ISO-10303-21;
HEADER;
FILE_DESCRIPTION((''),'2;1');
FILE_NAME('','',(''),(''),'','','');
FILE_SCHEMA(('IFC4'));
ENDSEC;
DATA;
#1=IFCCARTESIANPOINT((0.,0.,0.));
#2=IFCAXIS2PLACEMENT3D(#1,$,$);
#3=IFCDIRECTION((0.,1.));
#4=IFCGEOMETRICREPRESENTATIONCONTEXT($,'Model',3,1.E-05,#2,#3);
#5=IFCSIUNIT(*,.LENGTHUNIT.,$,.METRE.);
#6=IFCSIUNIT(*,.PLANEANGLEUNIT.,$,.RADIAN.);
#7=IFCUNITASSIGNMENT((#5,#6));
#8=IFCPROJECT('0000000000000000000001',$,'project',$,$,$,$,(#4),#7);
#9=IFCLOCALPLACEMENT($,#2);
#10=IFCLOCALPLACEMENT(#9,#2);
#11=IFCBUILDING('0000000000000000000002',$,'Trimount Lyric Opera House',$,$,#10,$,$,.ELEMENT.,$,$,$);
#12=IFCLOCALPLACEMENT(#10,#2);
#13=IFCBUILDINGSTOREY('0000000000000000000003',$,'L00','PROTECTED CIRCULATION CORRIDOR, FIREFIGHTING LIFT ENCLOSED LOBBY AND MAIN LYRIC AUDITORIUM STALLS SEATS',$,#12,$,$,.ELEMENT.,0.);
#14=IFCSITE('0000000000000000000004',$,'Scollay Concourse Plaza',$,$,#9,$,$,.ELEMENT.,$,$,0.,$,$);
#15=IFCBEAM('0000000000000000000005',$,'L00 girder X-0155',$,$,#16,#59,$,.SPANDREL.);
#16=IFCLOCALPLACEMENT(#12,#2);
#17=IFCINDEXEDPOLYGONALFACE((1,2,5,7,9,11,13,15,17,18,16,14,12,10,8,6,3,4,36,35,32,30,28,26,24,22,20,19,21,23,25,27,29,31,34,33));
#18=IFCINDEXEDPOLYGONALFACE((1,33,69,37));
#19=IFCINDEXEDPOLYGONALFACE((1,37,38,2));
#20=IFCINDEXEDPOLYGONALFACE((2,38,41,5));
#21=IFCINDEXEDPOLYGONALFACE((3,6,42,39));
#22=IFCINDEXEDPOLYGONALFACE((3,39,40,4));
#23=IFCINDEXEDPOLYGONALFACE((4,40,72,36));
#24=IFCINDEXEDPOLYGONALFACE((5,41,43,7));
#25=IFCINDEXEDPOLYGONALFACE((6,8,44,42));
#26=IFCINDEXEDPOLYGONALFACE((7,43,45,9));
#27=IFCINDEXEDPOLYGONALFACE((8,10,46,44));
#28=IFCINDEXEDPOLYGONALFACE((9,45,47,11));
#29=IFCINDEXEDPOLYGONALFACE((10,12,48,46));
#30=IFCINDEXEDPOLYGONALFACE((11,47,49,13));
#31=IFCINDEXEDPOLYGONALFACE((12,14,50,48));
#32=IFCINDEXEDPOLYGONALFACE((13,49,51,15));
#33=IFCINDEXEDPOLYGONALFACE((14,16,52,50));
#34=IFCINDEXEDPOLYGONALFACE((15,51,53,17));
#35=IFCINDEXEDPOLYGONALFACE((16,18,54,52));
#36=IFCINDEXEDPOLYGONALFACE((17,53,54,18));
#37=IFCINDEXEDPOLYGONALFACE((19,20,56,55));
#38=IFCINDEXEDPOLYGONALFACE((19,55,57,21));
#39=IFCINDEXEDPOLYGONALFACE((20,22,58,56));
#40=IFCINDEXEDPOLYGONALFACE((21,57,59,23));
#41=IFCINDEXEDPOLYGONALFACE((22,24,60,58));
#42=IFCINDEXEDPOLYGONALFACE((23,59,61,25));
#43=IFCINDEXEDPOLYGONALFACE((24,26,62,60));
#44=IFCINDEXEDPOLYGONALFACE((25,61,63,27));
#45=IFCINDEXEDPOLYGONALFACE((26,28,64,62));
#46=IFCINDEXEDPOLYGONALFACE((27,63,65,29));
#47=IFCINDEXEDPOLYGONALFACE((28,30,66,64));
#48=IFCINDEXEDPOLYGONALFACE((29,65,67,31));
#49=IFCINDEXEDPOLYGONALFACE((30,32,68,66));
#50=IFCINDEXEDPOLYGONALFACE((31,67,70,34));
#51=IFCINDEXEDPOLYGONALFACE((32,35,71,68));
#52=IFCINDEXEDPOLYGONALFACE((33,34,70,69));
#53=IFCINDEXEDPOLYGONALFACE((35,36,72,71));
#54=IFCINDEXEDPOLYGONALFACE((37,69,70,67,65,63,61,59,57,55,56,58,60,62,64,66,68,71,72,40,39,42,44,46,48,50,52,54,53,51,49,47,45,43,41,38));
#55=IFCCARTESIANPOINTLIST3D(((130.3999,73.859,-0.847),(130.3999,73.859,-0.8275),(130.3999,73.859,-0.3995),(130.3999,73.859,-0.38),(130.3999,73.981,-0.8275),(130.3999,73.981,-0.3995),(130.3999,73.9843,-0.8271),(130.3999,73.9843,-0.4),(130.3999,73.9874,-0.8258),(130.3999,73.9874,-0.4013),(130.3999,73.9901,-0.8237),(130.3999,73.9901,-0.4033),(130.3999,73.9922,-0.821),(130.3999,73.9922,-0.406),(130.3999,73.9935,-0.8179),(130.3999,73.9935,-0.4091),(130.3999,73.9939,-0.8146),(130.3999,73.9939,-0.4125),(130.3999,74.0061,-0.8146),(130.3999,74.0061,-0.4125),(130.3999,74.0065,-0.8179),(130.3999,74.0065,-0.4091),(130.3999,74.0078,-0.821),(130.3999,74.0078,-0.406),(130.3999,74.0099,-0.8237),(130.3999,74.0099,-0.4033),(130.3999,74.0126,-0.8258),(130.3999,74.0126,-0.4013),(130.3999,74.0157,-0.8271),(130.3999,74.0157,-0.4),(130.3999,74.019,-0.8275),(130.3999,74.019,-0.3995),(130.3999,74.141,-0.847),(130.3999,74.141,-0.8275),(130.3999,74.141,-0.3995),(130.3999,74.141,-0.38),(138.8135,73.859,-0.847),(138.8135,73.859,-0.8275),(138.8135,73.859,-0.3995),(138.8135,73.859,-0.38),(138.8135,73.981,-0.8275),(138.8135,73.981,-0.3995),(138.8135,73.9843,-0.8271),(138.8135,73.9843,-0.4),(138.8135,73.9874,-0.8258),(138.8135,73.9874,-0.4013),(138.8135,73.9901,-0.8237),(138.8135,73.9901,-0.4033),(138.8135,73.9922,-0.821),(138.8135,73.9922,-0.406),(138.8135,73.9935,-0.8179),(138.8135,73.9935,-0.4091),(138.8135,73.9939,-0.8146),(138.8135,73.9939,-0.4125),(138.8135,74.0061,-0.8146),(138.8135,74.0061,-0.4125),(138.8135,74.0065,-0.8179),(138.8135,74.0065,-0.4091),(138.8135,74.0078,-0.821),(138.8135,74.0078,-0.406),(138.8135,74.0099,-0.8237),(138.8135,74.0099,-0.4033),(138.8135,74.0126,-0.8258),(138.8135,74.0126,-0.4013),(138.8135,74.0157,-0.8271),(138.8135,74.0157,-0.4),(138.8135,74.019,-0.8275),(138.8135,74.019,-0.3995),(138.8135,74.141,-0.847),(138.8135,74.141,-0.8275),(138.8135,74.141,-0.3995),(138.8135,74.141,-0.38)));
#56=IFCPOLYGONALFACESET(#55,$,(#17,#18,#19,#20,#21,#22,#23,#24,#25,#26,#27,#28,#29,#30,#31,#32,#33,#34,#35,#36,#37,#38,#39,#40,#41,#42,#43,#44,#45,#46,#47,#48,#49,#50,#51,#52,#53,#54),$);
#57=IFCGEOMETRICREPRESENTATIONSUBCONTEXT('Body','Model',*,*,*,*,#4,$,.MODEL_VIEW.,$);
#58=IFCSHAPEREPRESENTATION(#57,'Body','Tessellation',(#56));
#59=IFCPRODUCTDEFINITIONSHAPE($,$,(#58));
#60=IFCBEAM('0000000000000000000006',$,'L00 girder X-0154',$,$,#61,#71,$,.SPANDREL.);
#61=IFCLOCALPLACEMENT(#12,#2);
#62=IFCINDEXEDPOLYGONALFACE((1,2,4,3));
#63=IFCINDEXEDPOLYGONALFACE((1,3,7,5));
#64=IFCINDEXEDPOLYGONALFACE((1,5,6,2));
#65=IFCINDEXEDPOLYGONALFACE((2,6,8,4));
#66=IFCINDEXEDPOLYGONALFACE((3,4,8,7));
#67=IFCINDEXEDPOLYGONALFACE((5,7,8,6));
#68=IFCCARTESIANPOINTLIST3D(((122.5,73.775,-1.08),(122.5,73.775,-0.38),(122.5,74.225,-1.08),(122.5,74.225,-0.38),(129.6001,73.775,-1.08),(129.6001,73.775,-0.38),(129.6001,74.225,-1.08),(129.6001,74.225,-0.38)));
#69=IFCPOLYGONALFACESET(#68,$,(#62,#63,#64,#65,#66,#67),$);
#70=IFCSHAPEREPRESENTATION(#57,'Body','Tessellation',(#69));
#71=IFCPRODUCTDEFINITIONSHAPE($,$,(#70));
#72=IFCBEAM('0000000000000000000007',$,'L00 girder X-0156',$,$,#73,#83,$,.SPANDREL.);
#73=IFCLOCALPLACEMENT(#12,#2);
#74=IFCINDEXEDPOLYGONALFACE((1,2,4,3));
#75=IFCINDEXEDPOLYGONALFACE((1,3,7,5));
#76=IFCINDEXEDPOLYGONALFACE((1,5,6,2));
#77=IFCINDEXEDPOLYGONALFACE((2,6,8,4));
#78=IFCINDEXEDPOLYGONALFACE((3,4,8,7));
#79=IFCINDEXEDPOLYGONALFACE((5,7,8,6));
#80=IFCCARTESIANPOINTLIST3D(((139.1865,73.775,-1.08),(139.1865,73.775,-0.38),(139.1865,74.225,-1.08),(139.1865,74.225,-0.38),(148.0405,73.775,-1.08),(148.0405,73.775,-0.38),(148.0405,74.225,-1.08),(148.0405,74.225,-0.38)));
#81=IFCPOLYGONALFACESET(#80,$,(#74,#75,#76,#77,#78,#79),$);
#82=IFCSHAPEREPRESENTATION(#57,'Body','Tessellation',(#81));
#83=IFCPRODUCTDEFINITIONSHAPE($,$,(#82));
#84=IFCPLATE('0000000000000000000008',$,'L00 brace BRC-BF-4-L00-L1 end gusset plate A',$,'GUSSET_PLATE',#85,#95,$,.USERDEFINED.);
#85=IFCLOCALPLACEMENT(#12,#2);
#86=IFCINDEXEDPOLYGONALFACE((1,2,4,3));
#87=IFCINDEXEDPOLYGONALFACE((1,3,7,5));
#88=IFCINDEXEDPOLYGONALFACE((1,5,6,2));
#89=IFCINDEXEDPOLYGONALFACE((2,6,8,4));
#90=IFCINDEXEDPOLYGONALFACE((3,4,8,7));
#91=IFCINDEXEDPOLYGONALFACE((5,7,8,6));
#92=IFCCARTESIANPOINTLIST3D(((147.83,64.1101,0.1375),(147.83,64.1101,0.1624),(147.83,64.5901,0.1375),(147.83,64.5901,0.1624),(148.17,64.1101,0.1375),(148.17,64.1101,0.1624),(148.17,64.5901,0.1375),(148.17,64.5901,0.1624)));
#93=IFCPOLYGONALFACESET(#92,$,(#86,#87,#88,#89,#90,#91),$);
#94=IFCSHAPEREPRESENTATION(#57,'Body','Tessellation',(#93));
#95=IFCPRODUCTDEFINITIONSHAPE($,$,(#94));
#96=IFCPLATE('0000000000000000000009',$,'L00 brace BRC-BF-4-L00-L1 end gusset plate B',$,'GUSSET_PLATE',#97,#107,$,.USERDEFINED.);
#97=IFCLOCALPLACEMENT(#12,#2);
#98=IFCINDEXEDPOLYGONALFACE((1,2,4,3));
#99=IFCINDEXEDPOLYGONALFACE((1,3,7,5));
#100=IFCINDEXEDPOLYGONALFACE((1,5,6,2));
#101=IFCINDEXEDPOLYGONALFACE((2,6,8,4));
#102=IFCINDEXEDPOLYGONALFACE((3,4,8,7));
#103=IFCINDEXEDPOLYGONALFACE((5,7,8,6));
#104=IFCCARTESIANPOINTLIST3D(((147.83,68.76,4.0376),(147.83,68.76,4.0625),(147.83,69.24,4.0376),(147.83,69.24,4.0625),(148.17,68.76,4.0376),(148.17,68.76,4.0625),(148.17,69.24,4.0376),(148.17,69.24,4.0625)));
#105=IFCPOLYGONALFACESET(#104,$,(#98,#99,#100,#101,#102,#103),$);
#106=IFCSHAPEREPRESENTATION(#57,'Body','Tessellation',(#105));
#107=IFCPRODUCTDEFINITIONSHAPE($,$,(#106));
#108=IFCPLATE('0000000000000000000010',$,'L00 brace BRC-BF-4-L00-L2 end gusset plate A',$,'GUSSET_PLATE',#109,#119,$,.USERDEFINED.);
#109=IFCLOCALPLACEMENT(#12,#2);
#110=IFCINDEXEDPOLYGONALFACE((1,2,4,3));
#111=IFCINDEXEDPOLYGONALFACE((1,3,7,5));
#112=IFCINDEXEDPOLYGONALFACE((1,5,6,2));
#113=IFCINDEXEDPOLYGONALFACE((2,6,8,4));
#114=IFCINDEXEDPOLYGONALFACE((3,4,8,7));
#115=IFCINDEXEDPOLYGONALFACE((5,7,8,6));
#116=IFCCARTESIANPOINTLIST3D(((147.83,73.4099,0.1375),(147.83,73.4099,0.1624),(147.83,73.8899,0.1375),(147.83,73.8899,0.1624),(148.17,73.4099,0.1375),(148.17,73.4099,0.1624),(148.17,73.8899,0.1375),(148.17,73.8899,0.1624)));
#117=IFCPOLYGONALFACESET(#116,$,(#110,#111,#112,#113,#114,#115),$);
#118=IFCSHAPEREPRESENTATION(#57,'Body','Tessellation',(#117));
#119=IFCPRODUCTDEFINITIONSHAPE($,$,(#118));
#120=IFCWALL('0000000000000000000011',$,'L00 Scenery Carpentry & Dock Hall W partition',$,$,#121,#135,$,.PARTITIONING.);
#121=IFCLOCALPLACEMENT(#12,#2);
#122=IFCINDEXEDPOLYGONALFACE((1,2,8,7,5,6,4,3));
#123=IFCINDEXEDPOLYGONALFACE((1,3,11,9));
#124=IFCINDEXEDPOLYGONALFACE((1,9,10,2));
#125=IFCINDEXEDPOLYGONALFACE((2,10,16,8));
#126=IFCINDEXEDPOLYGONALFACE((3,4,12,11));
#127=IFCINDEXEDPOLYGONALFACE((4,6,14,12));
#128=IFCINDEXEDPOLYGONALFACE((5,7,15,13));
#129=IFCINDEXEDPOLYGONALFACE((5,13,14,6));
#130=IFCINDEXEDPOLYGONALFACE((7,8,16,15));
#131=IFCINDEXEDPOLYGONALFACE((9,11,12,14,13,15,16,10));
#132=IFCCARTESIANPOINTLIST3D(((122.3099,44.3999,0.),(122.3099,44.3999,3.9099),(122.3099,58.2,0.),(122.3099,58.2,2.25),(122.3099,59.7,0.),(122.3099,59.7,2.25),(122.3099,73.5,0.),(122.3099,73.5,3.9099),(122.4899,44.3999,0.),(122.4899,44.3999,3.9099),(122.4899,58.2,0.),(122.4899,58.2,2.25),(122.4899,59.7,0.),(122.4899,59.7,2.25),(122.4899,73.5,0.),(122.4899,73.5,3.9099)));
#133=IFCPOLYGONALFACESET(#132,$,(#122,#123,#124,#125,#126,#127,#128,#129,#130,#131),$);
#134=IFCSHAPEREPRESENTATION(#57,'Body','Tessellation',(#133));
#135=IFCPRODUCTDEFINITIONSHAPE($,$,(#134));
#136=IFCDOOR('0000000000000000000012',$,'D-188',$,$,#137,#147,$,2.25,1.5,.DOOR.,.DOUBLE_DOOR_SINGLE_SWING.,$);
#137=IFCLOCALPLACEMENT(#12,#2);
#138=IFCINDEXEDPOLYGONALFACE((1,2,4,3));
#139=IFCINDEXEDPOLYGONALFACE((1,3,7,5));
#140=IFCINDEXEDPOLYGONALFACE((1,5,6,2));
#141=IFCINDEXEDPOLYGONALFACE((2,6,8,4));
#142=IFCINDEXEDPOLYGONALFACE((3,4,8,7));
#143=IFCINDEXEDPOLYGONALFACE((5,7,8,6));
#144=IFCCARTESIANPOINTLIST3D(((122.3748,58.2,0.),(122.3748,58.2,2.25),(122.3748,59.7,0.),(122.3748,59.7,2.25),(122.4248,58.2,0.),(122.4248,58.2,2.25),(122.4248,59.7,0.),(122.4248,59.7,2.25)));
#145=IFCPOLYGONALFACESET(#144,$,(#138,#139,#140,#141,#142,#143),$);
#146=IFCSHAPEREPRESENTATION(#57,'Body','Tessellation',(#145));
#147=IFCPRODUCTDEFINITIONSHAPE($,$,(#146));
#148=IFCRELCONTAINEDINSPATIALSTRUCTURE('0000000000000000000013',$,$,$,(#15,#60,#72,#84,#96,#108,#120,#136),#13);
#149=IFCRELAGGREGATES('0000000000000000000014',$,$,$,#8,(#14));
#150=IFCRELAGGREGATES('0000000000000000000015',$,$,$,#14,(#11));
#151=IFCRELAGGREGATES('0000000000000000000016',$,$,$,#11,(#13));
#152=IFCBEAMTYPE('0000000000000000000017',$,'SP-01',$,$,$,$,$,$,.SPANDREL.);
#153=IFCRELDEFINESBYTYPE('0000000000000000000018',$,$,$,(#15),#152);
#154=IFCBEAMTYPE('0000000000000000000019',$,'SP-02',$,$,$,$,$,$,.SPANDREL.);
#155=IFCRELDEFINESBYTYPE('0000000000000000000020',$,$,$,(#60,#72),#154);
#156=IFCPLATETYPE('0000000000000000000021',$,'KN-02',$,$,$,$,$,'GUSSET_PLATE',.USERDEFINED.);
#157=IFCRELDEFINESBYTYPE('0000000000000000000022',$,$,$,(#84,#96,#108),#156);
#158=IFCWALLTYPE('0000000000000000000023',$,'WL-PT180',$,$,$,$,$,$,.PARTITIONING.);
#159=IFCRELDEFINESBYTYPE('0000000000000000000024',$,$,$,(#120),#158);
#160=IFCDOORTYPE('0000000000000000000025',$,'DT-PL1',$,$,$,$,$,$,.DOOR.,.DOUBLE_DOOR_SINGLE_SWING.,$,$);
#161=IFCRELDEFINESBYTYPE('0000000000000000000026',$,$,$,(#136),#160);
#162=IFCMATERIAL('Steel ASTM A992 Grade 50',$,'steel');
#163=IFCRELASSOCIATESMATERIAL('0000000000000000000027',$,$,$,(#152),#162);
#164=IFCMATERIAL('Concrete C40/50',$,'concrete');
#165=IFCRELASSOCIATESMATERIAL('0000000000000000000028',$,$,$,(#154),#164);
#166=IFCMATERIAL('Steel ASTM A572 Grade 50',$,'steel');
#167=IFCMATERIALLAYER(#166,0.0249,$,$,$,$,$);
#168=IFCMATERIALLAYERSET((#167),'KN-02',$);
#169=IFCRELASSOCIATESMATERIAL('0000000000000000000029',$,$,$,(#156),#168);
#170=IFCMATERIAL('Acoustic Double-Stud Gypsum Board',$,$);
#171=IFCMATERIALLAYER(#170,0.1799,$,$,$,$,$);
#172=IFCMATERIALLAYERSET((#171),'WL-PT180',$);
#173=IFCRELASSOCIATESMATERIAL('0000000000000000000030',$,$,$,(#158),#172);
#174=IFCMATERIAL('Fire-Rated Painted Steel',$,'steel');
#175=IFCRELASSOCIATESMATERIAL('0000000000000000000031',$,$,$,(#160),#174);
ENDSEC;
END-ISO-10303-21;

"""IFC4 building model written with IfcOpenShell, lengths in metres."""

from ifc_helpers import new_model, si_unit, direction, frame, frame_2d, origin, origin_2d, place, context, subcontext, project, spatial, rectangle, i_section, extrude, material, layer, layer_set, material_profile, profile_set, type_object, element, fill, save


model = new_model("IFC4")

# Units and contexts
model_context = context("Model", 3, precision=1e-05, world=origin(), true_north=direction((0.0, 1.0)))
body_context = subcontext(model_context, "Body", "Model", "MODEL_VIEW")
ifc_project = project(units=[si_unit("LENGTHUNIT", "METRE"), si_unit("PLANEANGLEUNIT", "RADIAN")], contexts=[model_context])

# Site, building, storey
site_placement = place(None, origin())
site = spatial("IfcSite", under=ifc_project, at=site_placement, Name="Scollay Concourse Plaza", CompositionType="ELEMENT", RefElevation=0.0)
building_placement = place(site_placement, origin())
building = spatial("IfcBuilding", under=site, at=building_placement, Name="Trimount Lyric Opera House", CompositionType="ELEMENT")
storey_placement = place(building_placement, origin())
storey = spatial("IfcBuildingStorey", under=building, at=storey_placement, Name="L00", Description="PROTECTED CIRCULATION CORRIDOR, FIREFIGHTING LIFT ENCLOSED LOBBY AND MAIN LYRIC AUDITORIUM STALLS SEATS", CompositionType="ELEMENT", Elevation=0.0)

# Beams
ifc_material_1 = material(Name="Steel ASTM A992 Grade 50", Category="steel")
ifc_material_profile_1 = material_profile(ifc_material_1, i_section(OverallWidth=0.282, OverallDepth=0.467, WebThickness=0.0122, FlangeThickness=0.0195, FilletRadius=0.0129, at=origin_2d()), Name="W18X86")
ifc_profile_set_1 = profile_set([ifc_material_profile_1], Name="Steel ASTM A992 Grade 50")
beam_type_1 = type_object("IfcBeamType", Name="SP-01", PredefinedType="SPANDREL", material=ifc_profile_set_1)
beam_1_placement = place(storey_placement, frame((130.3999, 74.0, -0.6135), z_axis=(1.0, 0.0, 0.0), x_axis=(0.0, 1.0, 0.0)))
element("IfcBeam", 1, at=beam_1_placement, inside=storey, type_object=beam_type_1, Name="L00 girder X-0155", PredefinedType="SPANDREL", context=body_context, shape_type="SweptSolid", body=[
    extrude(i_section(OverallWidth=0.282, OverallDepth=0.467, WebThickness=0.0122, FlangeThickness=0.0195, FilletRadius=0.0129, at=origin_2d()), origin(), (0.0, 0.0, 1.0), 8.4136),
])
ifc_material_2 = material(Name="Concrete C40/50", Category="concrete")
ifc_material_profile_2 = material_profile(ifc_material_2, rectangle(XDim=0.45, YDim=0.7, at=origin_2d()), Name="RC450X700")
ifc_profile_set_2 = profile_set([ifc_material_profile_2], Name="Concrete C40/50")
beam_type_2 = type_object("IfcBeamType", Name="SP-02", PredefinedType="SPANDREL", material=ifc_profile_set_2)
beam_2_placement = place(storey_placement, frame((122.5, 74.0, -0.73), z_axis=(1.0, 0.0, 0.0), x_axis=(0.0, 1.0, 0.0)))
element("IfcBeam", 2, at=beam_2_placement, inside=storey, type_object=beam_type_2, Name="L00 girder X-0154", PredefinedType="SPANDREL", context=body_context, shape_type="SweptSolid", body=[
    extrude(rectangle(XDim=0.45, YDim=0.7, at=origin_2d()), origin(), (0.0, 0.0, 1.0), 7.1001),
])
beam_3_placement = place(storey_placement, frame((139.1865, 74.0, -0.73), z_axis=(1.0, 0.0, 0.0), x_axis=(0.0, 1.0, 0.0)))
element("IfcBeam", 3, at=beam_3_placement, inside=storey, type_object=beam_type_2, Name="L00 girder X-0156", PredefinedType="SPANDREL", context=body_context, shape_type="SweptSolid", body=[
    extrude(rectangle(XDim=0.45, YDim=0.7, at=origin_2d()), origin(), (0.0, 0.0, 1.0), 8.854),
])

# Plates
ifc_material_3 = material(Name="Steel ASTM A572 Grade 50", Category="steel")
ifc_layer_1 = layer(ifc_material_3, 0.0249)
ifc_layer_set_1 = layer_set([ifc_layer_1], Name="KN-02")
plate_type = type_object("IfcPlateType", Name="KN-02", ElementType="GUSSET_PLATE", PredefinedType="USERDEFINED", material=ifc_layer_set_1)
for number, where, z_axis, x_axis, name in (
    (4, (148.0, 64.3501, 0.1375), (0.0, 0.0, 1.0), (0.0, 1.0, 0.0), "L00 brace BRC-BF-4-L00-L1 end gusset plate A"),
    (5, (148.0, 69.0, 4.0376), (0.0, 0.0, 1.0), (0.0, 1.0, 0.0), "L00 brace BRC-BF-4-L00-L1 end gusset plate B"),
    (6, (148.0, 73.6499, 0.1375), (0.0, 0.0, 1.0), (0.0, -1.0, 0.0), "L00 brace BRC-BF-4-L00-L2 end gusset plate A"),
):
    element("IfcPlate", number, at=place(storey_placement, frame(where, z_axis=z_axis, x_axis=x_axis)), inside=storey, type_object=plate_type, Name=name, ObjectType="GUSSET_PLATE", PredefinedType="USERDEFINED", context=body_context, shape_type="SweptSolid", body=[
        extrude(rectangle(XDim=0.48, YDim=0.3401, at=origin_2d()), origin(), (0.0, 0.0, 1.0), 0.0249),
    ])

# Wall, opening, door
ifc_material_4 = material(Name="Acoustic Double-Stud Gypsum Board")
ifc_layer_2 = layer(ifc_material_4, 0.1799)
ifc_layer_set_2 = layer_set([ifc_layer_2], Name="WL-PT180")
wall_type = type_object("IfcWallType", Name="WL-PT180", PredefinedType="PARTITIONING", material=ifc_layer_set_2)
wall_placement = place(storey_placement, frame((122.3999, 73.5, 0.0), z_axis=(0.0, 0.0, 1.0), x_axis=(0.0, -1.0, 0.0)))
wall = element("IfcWall", 7, at=wall_placement, inside=storey, type_object=wall_type, Name="L00 Scenery Carpentry & Dock Hall W partition", PredefinedType="PARTITIONING", context=body_context, shape_type="SweptSolid", body=[
    extrude(rectangle(XDim=29.1001, YDim=0.1799, at=frame_2d((14.55, 0.0))), origin(), (0.0, 0.0, 1.0), 3.9099),
])
opening_placement = place(wall_placement, frame((13.8, 0.0, 0.0)))
opening = element("IfcOpeningElement", 8, at=opening_placement, cuts=wall, PredefinedType="OPENING", context=body_context, shape_type="SweptSolid", body=[
    extrude(rectangle(XDim=1.5, YDim=2.25, at=frame_2d((0.75, 1.125))), frame((0.0, 0.1001, 0.0), z_axis=(0.0, -1.0, 0.0), x_axis=(1.0, 0.0, 0.0)), (0.0, 0.0, 1.0), 0.2),
])
ifc_material_5 = material(Name="Fire-Rated Painted Steel", Category="steel")
door_type = type_object("IfcDoorType", Name="DT-PL1", OperationType="DOUBLE_DOOR_SINGLE_SWING", PredefinedType="DOOR", material=ifc_material_5)
door_placement = place(opening_placement, origin())
door = element("IfcDoor", 9, at=door_placement, inside=storey, type_object=door_type, Name="D-188", OperationType="DOUBLE_DOOR_SINGLE_SWING", OverallHeight=2.25, OverallWidth=1.5, PredefinedType="DOOR", context=body_context, shape_type="SweptSolid", body=[
    extrude(rectangle(XDim=1.5, YDim=2.25, at=frame_2d((0.75, 1.125))), frame((0.0, 0.0249, 0.0), z_axis=(0.0, -1.0, 0.0), x_axis=(1.0, 0.0, 0.0)), (0.0, 0.0, 1.0), 0.05),
])
fill(opening, door)

save(model, "model.ifc")
